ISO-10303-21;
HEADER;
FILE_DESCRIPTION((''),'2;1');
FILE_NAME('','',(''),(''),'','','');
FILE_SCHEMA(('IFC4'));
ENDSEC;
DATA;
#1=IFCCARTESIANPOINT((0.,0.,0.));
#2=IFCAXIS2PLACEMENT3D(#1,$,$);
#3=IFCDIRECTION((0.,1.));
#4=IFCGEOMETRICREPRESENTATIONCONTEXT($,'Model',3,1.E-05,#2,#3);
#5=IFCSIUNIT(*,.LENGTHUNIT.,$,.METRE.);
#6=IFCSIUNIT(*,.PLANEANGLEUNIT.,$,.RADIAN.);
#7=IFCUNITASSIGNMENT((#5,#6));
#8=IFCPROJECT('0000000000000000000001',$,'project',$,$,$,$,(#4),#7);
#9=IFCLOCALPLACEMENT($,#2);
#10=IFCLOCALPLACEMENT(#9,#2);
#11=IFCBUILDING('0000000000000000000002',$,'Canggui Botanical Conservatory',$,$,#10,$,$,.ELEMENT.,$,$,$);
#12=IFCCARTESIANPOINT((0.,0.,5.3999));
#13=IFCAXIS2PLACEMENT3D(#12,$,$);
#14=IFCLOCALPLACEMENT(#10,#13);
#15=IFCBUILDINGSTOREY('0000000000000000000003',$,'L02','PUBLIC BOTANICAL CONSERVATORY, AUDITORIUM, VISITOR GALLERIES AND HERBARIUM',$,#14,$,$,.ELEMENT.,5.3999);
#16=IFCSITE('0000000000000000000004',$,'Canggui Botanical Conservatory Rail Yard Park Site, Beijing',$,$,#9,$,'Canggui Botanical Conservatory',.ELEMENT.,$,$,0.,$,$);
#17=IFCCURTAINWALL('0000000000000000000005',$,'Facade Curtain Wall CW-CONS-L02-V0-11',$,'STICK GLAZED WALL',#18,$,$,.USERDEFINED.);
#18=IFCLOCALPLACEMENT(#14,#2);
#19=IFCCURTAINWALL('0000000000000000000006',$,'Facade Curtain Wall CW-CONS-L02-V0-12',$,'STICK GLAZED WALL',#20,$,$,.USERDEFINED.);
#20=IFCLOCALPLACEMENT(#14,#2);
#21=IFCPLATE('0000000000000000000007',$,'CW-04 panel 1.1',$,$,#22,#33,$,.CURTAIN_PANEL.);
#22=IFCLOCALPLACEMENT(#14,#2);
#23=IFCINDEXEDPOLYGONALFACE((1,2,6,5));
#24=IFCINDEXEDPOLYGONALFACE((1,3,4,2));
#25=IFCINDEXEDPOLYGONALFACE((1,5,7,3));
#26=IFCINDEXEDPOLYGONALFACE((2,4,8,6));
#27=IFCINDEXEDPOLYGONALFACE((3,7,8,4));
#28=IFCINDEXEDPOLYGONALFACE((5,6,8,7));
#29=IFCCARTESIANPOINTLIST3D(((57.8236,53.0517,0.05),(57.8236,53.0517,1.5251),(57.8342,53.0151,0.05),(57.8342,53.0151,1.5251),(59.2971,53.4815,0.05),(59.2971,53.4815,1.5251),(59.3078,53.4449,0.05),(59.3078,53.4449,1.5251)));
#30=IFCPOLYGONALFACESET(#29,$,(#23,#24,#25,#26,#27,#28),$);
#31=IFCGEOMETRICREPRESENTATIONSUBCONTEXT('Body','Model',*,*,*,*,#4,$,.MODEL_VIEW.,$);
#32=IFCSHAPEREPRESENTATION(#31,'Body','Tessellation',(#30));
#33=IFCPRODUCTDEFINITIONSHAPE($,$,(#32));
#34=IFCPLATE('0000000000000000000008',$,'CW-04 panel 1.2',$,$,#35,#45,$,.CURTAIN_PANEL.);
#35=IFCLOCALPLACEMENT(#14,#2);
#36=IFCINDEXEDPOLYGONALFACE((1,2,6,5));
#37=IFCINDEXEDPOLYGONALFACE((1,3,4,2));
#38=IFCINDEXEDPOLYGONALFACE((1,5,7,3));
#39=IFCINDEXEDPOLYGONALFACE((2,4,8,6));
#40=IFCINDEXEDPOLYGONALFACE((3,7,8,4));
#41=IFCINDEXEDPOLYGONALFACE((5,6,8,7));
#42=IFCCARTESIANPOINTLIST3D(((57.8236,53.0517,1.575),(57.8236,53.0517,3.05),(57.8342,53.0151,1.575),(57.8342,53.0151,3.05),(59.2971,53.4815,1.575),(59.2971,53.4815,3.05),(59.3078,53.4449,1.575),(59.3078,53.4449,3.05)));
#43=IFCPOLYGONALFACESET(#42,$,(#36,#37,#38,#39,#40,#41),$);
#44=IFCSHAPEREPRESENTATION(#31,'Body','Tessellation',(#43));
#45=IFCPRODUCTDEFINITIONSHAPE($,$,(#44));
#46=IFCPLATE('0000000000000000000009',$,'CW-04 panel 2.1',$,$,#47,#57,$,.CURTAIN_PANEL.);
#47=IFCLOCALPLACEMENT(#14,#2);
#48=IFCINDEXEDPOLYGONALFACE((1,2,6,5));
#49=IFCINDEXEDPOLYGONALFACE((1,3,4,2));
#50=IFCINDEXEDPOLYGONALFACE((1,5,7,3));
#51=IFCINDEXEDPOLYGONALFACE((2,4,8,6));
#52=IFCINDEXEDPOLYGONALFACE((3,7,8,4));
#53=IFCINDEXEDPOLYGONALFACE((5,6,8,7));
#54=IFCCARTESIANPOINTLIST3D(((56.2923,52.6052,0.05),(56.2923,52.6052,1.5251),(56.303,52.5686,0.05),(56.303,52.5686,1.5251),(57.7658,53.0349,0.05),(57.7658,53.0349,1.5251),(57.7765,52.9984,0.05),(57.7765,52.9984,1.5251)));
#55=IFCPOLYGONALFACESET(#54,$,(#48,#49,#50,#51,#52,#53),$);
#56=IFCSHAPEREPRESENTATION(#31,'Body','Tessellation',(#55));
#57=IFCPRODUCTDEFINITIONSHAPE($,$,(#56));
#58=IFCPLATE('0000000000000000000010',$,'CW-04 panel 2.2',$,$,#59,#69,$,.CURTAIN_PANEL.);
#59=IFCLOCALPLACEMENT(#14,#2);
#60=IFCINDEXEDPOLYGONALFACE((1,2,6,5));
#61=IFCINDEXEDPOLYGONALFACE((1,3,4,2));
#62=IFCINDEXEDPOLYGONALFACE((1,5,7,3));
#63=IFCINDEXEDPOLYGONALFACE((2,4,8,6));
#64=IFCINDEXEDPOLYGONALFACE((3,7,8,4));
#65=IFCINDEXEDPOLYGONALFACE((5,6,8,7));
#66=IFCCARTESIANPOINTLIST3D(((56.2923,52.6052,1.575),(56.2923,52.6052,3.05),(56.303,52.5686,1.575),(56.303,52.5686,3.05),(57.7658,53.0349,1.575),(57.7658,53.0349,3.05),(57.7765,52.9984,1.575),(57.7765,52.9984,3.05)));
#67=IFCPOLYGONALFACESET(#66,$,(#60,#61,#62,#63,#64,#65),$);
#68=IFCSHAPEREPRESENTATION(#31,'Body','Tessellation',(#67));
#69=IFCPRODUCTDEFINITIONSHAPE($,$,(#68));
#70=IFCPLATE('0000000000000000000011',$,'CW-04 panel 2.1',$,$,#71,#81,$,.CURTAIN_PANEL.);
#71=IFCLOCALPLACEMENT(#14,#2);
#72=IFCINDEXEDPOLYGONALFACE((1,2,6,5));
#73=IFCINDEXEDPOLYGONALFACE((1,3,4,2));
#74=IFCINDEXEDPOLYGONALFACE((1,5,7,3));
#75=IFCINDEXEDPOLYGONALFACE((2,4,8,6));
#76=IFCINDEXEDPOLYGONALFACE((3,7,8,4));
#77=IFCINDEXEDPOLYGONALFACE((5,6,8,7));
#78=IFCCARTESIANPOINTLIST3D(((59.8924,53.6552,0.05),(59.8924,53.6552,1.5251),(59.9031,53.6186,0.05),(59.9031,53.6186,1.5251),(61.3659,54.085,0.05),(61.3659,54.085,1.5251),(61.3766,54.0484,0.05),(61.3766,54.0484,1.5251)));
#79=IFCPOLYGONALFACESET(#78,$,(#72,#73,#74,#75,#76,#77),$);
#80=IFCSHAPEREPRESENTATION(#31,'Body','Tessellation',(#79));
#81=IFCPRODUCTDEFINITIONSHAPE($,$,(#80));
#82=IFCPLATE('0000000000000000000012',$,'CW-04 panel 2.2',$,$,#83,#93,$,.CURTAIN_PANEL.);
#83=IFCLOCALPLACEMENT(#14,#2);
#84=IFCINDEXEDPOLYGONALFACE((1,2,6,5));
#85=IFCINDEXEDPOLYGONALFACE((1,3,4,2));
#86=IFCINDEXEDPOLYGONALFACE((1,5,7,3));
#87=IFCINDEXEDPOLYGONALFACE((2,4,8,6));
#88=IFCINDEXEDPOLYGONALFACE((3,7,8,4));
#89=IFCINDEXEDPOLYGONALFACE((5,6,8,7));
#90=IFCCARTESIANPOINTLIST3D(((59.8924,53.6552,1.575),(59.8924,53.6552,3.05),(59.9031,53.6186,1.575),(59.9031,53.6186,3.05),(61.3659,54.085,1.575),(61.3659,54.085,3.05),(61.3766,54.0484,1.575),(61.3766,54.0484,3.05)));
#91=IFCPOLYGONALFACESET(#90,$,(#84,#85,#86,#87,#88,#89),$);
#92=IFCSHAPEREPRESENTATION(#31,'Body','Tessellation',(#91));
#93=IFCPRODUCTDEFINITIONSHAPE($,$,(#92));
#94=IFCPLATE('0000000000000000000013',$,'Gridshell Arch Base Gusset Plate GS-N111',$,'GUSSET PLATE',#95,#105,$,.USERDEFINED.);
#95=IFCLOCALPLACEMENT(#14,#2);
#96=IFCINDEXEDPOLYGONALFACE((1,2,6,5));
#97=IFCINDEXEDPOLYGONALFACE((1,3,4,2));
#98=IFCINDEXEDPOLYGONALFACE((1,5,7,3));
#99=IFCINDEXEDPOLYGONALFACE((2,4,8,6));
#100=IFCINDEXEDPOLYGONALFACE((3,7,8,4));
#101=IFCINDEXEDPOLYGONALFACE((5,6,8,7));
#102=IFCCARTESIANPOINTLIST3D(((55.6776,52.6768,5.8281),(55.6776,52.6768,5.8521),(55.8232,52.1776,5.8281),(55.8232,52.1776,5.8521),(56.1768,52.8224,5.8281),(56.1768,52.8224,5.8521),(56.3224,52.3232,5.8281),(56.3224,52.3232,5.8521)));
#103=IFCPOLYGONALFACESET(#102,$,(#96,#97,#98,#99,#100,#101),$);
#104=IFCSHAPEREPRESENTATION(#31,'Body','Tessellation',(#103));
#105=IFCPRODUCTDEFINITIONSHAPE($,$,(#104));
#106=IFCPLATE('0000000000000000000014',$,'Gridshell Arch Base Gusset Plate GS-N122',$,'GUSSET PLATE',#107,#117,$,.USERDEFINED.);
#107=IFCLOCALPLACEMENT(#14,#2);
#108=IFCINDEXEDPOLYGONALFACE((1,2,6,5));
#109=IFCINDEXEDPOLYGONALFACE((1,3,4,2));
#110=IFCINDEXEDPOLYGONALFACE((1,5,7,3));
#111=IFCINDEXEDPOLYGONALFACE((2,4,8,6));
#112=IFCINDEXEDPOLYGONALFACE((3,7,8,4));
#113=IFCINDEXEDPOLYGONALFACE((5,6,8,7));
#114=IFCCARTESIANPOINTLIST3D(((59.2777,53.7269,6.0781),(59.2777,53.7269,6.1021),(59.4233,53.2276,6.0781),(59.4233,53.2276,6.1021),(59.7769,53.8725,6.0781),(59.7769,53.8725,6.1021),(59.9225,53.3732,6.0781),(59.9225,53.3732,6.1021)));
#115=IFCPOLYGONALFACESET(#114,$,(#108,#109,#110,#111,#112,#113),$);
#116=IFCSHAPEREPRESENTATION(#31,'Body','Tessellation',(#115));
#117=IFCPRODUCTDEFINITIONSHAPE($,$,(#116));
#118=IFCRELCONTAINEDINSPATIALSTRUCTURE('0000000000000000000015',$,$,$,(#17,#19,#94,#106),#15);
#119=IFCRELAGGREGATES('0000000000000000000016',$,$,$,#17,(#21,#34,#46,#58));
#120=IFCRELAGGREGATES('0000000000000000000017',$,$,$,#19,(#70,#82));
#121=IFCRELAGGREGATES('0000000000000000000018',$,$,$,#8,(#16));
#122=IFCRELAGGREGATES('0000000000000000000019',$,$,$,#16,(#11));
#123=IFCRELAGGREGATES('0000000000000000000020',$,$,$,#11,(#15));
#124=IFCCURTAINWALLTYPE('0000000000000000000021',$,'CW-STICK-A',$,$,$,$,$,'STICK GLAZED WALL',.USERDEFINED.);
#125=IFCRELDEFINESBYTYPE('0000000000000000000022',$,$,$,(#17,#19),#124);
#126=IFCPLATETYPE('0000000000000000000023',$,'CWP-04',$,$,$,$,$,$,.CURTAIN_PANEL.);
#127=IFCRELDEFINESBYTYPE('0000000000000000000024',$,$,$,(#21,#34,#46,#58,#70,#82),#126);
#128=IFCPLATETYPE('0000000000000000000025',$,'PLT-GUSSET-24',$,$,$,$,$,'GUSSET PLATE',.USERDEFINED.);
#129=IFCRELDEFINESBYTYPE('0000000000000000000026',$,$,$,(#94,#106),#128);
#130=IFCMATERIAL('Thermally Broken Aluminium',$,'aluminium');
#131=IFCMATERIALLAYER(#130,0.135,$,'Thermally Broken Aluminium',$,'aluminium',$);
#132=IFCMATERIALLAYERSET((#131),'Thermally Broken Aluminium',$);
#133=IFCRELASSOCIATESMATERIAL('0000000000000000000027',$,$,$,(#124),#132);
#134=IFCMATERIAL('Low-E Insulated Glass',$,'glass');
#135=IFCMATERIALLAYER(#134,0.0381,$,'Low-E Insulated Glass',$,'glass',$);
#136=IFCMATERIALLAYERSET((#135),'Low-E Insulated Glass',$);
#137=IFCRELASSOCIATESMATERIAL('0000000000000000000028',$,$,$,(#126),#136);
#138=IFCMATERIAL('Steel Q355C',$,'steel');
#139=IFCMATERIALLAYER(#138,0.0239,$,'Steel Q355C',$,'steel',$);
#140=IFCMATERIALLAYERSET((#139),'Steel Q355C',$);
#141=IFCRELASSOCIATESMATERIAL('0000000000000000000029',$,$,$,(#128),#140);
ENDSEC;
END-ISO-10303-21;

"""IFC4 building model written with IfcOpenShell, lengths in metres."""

from ifc_helpers import new_model, si_unit, direction, frame, origin, origin_2d, place, context, subcontext, project, spatial, rectangle, extrude, material, layer, layer_set, type_object, element, aggregate, save


model = new_model("IFC4")

# Units and contexts
model_context = context("Model", 3, precision=1e-05, world=origin(), true_north=direction((0.0, 1.0)))
body_context = subcontext(model_context, "Body", "Model", "MODEL_VIEW")
ifc_project = project(units=[si_unit("LENGTHUNIT", "METRE"), si_unit("PLANEANGLEUNIT", "RADIAN")], contexts=[model_context])

# Site, building, storey
site_placement = place(None, origin())
site = spatial("IfcSite", under=ifc_project, at=site_placement, Name="Canggui Botanical Conservatory Rail Yard Park Site, Beijing", LongName="Canggui Botanical Conservatory", CompositionType="ELEMENT", RefElevation=0.0)
building_placement = place(site_placement, origin())
building = spatial("IfcBuilding", under=site, at=building_placement, Name="Canggui Botanical Conservatory", CompositionType="ELEMENT")
storey_placement = place(building_placement, frame((0.0, 0.0, 5.3999)))
storey = spatial("IfcBuildingStorey", under=building, at=storey_placement, Name="L02", Description="PUBLIC BOTANICAL CONSERVATORY, AUDITORIUM, VISITOR GALLERIES AND HERBARIUM", CompositionType="ELEMENT", Elevation=5.3999)

# Shared definitions
ifc_material_1 = material(Name="Steel Q355C", Category="steel")

# Shared definitions
ifc_material_2 = material(Name="Thermally Broken Aluminium", Category="aluminium")
ifc_layer_1 = layer(ifc_material_2, 0.135, Name="Thermally Broken Aluminium", Category="aluminium")
ifc_layer_set_1 = layer_set([ifc_layer_1], Name="Thermally Broken Aluminium")
curtain_wall_type = type_object("IfcCurtainWallType", Name="CW-STICK-A", ElementType="STICK GLAZED WALL", PredefinedType="USERDEFINED", material=ifc_layer_set_1)

# Curtain walls
curtain_wall_1_placement = place(storey_placement, origin())
curtain_wall_1 = element("IfcCurtainWall", 1, at=curtain_wall_1_placement, inside=storey, type_object=curtain_wall_type, Name="Facade Curtain Wall CW-CONS-L02-V0-11", ObjectType="STICK GLAZED WALL", PredefinedType="USERDEFINED")
curtain_wall_2_placement = place(storey_placement, origin())
curtain_wall_2 = element("IfcCurtainWall", 2, at=curtain_wall_2_placement, inside=storey, type_object=curtain_wall_type, Name="Facade Curtain Wall CW-CONS-L02-V0-12", ObjectType="STICK GLAZED WALL", PredefinedType="USERDEFINED")

# Plates
ifc_material_3 = material(Name="Low-E Insulated Glass", Category="glass")
ifc_layer_2 = layer(ifc_material_3, 0.0381, Name="Low-E Insulated Glass", Category="glass")
ifc_layer_set_2 = layer_set([ifc_layer_2], Name="Low-E Insulated Glass")
plate_type_1 = type_object("IfcPlateType", Name="CWP-04", PredefinedType="CURTAIN_PANEL", material=ifc_layer_set_2)
plate_1_placement = place(storey_placement, frame((58.5657, 53.2483, 0.05), z_axis=(0.0, 0.0, 1.0), x_axis=(-0.96, -0.28, 0.0)))
plate_1 = element("IfcPlate", 3, at=plate_1_placement, type_object=plate_type_1, Name="CW-04 panel 1.1", PredefinedType="CURTAIN_PANEL", context=body_context, shape_type="SweptSolid", body=[
    extrude(rectangle(XDim=1.5349, YDim=0.0381, at=origin_2d()), origin(), (0.0, 0.0, 1.0), 1.4751),
])
plate_2_placement = place(storey_placement, frame((58.5657, 53.2483, 1.575), z_axis=(0.0, 0.0, 1.0), x_axis=(-0.96, -0.28, 0.0)))
plate_2 = element("IfcPlate", 4, at=plate_2_placement, type_object=plate_type_1, Name="CW-04 panel 1.2", PredefinedType="CURTAIN_PANEL", context=body_context, shape_type="SweptSolid", body=[
    extrude(rectangle(XDim=1.5349, YDim=0.0381, at=origin_2d()), origin(), (0.0, 0.0, 1.0), 1.4751),
])
plate_3_placement = place(storey_placement, frame((57.0344, 52.8018, 0.05), z_axis=(0.0, 0.0, 1.0), x_axis=(-0.96, -0.28, 0.0)))
plate_3 = element("IfcPlate", 5, at=plate_3_placement, type_object=plate_type_1, Name="CW-04 panel 2.1", PredefinedType="CURTAIN_PANEL", context=body_context, shape_type="SweptSolid", body=[
    extrude(rectangle(XDim=1.5349, YDim=0.0381, at=origin_2d()), origin(), (0.0, 0.0, 1.0), 1.4751),
])
plate_4_placement = place(storey_placement, frame((57.0344, 52.8018, 1.575), z_axis=(0.0, 0.0, 1.0), x_axis=(-0.96, -0.28, 0.0)))
plate_4 = element("IfcPlate", 6, at=plate_4_placement, type_object=plate_type_1, Name="CW-04 panel 2.2", PredefinedType="CURTAIN_PANEL", context=body_context, shape_type="SweptSolid", body=[
    extrude(rectangle(XDim=1.5349, YDim=0.0381, at=origin_2d()), origin(), (0.0, 0.0, 1.0), 1.4751),
])
aggregate(curtain_wall_1, [plate_1, plate_2, plate_3, plate_4])
plate_5_placement = place(storey_placement, frame((60.6345, 53.8518, 0.05), z_axis=(0.0, 0.0, 1.0), x_axis=(-0.96, -0.28, 0.0)))
plate_5 = element("IfcPlate", 7, at=plate_5_placement, type_object=plate_type_1, Name="CW-04 panel 2.1", PredefinedType="CURTAIN_PANEL", context=body_context, shape_type="SweptSolid", body=[
    extrude(rectangle(XDim=1.5349, YDim=0.0381, at=origin_2d()), origin(), (0.0, 0.0, 1.0), 1.4751),
])
plate_6_placement = place(storey_placement, frame((60.6345, 53.8518, 1.575), z_axis=(0.0, 0.0, 1.0), x_axis=(-0.96, -0.28, 0.0)))
plate_6 = element("IfcPlate", 8, at=plate_6_placement, type_object=plate_type_1, Name="CW-04 panel 2.2", PredefinedType="CURTAIN_PANEL", context=body_context, shape_type="SweptSolid", body=[
    extrude(rectangle(XDim=1.5349, YDim=0.0381, at=origin_2d()), origin(), (0.0, 0.0, 1.0), 1.4751),
])
aggregate(curtain_wall_2, [plate_5, plate_6])

# Plates
ifc_layer_3 = layer(ifc_material_1, 0.0239, Name="Steel Q355C", Category="steel")
ifc_layer_set_3 = layer_set([ifc_layer_3], Name="Steel Q355C")
plate_type_2 = type_object("IfcPlateType", Name="PLT-GUSSET-24", ElementType="GUSSET PLATE", PredefinedType="USERDEFINED", material=ifc_layer_set_3)
for number, where, z_axis, x_axis, name in (
    (9, (56.0, 52.5, 5.8281), (0.0, 0.0, 1.0), (0.96, 0.28, 0.0), "Gridshell Arch Base Gusset Plate GS-N111"),
    (10, (59.6001, 53.55, 6.0781), (0.0, 0.0, 1.0), (0.96, 0.28, 0.0), "Gridshell Arch Base Gusset Plate GS-N122"),
):
    element("IfcPlate", number, at=place(storey_placement, frame(where, z_axis=z_axis, x_axis=x_axis)), inside=storey, type_object=plate_type_2, Name=name, ObjectType="GUSSET PLATE", PredefinedType="USERDEFINED", context=body_context, shape_type="SweptSolid", body=[
        extrude(rectangle(XDim=0.52, YDim=0.52, at=origin_2d()), origin(), (0.0, 0.0, 1.0), 0.0239),
    ])

save(model, "model.ifc")
